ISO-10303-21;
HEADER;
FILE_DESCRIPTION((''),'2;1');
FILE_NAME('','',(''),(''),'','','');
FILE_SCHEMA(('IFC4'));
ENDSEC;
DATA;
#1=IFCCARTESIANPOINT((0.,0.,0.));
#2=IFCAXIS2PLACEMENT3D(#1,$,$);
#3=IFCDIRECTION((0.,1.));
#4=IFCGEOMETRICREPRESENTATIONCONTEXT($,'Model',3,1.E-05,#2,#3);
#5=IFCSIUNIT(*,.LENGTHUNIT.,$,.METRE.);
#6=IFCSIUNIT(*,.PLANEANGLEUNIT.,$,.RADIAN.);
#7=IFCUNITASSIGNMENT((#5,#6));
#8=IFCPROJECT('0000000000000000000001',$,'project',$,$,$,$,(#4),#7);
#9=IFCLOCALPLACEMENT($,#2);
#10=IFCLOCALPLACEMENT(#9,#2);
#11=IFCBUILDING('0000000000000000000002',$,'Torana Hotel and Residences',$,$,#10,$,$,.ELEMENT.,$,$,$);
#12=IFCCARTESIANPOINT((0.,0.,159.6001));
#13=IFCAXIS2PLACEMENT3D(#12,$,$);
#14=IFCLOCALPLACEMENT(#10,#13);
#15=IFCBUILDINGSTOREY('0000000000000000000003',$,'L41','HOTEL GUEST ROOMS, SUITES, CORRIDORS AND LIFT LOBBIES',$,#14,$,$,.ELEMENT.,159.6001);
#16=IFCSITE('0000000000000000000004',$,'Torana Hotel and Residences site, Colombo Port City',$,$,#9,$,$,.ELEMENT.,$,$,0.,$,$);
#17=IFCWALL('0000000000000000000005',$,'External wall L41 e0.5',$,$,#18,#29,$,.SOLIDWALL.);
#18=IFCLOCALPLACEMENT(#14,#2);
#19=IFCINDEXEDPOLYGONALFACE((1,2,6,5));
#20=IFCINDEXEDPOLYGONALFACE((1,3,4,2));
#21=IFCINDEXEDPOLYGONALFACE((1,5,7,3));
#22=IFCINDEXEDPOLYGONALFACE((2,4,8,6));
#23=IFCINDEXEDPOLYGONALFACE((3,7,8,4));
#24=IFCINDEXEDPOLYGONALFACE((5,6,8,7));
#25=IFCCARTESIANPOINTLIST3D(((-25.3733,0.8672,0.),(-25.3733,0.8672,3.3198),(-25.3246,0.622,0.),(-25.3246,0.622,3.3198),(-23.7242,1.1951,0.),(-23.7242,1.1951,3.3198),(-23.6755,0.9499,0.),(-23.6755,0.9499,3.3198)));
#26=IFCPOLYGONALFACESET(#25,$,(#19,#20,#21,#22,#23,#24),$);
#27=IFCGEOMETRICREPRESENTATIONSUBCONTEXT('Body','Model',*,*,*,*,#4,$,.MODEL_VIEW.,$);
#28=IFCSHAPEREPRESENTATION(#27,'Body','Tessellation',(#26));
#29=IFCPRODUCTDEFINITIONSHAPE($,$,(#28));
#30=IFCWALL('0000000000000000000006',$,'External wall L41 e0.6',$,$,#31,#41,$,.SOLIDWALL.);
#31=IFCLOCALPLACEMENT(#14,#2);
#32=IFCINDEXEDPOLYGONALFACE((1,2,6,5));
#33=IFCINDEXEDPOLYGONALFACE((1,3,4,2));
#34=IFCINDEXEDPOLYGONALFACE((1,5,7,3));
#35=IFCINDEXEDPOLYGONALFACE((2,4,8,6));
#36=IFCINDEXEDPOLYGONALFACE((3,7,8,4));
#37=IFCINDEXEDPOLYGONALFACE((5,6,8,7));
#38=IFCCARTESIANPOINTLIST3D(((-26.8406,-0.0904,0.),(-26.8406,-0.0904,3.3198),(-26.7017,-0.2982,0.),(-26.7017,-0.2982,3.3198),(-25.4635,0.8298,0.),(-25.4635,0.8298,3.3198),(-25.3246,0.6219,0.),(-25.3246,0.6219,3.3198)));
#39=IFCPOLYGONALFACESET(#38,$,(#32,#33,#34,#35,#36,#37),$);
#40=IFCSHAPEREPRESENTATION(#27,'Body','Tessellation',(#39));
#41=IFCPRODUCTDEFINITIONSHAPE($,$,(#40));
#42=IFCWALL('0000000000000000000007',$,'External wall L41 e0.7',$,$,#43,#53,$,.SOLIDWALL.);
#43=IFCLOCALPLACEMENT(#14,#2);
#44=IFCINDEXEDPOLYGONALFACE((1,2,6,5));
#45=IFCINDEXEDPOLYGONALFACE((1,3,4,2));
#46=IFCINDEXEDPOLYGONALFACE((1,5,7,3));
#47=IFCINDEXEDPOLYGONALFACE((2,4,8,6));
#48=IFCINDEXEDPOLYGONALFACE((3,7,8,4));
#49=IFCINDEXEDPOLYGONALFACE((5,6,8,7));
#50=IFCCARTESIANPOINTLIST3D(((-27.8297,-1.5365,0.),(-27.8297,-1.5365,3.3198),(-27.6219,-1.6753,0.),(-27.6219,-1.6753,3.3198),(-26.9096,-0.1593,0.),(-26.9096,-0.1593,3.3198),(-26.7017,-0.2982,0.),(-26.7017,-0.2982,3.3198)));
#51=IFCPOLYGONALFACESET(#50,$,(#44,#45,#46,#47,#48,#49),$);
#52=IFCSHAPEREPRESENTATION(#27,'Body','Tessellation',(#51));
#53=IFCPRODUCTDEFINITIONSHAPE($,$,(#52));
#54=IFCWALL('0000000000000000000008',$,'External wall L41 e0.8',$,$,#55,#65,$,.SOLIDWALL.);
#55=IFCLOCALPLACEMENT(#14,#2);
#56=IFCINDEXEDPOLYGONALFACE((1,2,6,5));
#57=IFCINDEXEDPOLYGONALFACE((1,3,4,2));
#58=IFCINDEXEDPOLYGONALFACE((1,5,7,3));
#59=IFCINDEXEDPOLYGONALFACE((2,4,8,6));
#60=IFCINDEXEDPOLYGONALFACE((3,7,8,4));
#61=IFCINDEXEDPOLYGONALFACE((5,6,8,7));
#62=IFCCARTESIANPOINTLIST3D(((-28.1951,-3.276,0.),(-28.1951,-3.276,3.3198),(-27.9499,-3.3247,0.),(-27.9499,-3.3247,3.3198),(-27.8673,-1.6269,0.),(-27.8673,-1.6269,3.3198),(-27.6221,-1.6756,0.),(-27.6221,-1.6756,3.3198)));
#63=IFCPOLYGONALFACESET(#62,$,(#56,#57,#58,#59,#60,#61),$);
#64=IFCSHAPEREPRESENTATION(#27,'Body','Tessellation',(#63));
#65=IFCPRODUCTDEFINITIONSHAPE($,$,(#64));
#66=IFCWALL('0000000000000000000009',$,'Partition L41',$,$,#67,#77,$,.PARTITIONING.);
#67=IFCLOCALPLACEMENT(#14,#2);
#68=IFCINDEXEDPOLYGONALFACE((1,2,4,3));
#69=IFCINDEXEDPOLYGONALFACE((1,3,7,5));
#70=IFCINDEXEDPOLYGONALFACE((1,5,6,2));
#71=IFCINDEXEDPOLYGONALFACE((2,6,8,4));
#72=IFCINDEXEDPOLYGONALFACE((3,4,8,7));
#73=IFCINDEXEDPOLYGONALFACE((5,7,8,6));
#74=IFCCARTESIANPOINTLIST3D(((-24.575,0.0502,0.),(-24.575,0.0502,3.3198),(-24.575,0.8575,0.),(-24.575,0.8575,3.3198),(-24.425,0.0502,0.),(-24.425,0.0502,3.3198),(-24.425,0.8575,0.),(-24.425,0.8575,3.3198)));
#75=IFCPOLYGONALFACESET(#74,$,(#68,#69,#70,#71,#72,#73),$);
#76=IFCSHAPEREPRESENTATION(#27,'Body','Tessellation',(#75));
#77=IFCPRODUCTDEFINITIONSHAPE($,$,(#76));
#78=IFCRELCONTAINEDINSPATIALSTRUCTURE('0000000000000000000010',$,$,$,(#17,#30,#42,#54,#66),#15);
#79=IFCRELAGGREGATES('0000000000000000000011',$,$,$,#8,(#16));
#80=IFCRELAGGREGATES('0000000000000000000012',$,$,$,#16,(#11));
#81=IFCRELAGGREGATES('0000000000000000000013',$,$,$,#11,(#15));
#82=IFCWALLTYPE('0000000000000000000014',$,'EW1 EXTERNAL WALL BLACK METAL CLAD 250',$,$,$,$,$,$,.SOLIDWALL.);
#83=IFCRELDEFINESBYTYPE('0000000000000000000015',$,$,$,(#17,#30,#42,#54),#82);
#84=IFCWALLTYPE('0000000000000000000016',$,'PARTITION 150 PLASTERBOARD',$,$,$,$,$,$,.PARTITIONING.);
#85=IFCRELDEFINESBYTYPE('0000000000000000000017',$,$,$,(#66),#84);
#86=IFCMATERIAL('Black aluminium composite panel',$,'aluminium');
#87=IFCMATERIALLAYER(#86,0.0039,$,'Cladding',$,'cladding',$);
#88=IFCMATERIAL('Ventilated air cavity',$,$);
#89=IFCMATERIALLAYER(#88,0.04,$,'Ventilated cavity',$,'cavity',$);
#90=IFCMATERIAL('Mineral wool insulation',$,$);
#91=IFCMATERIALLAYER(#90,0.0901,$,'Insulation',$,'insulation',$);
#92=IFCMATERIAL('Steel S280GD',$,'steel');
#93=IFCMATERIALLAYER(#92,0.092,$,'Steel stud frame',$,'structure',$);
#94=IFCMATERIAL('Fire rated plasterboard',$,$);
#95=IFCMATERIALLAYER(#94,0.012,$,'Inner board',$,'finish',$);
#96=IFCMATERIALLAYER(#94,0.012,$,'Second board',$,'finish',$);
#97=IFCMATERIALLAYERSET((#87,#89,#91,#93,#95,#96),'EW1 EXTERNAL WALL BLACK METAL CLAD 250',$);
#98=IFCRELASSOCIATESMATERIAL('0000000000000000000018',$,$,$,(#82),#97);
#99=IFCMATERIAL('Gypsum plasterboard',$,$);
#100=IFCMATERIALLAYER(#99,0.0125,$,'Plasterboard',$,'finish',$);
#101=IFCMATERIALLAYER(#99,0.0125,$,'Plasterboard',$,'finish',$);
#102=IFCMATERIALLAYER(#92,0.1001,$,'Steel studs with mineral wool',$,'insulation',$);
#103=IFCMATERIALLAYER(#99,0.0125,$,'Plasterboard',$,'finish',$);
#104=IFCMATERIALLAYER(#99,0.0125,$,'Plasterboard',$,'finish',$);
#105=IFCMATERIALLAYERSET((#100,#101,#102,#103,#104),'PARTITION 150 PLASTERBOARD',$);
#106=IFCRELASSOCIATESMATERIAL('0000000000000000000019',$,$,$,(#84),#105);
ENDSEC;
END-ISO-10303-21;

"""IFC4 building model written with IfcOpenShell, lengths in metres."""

from ifc_helpers import new_model, si_unit, direction, frame, frame_2d, origin, place, context, subcontext, project, spatial, rectangle, extrude, material, layer, layer_set, type_object, element, save


model = new_model("IFC4")

# Units and contexts
model_context = context("Model", 3, precision=1e-05, world=origin(), true_north=direction((0.0, 1.0)))
body_context = subcontext(model_context, "Body", "Model", "MODEL_VIEW")
ifc_project = project(units=[si_unit("LENGTHUNIT", "METRE"), si_unit("PLANEANGLEUNIT", "RADIAN")], contexts=[model_context])

# Site, building, storey
site_placement = place(None, origin())
site = spatial("IfcSite", under=ifc_project, at=site_placement, Name="Torana Hotel and Residences site, Colombo Port City", CompositionType="ELEMENT", RefElevation=0.0)
building_placement = place(site_placement, origin())
building = spatial("IfcBuilding", under=site, at=building_placement, Name="Torana Hotel and Residences", CompositionType="ELEMENT")
storey_placement = place(building_placement, frame((0.0, 0.0, 159.6001)))
storey = spatial("IfcBuildingStorey", under=building, at=storey_placement, Name="L41", Description="HOTEL GUEST ROOMS, SUITES, CORRIDORS AND LIFT LOBBIES", CompositionType="ELEMENT", Elevation=159.6001)

# Walls
ifc_material_1 = material(Name="Black aluminium composite panel", Category="aluminium")
ifc_layer_1 = layer(ifc_material_1, 0.0039, Name="Cladding", Category="cladding")
ifc_material_2 = material(Name="Ventilated air cavity")
ifc_layer_2 = layer(ifc_material_2, 0.04, Name="Ventilated cavity", Category="cavity")
ifc_material_3 = material(Name="Mineral wool insulation")
ifc_layer_3 = layer(ifc_material_3, 0.0901, Name="Insulation", Category="insulation")
ifc_material_4 = material(Name="Steel S280GD", Category="steel")
ifc_layer_4 = layer(ifc_material_4, 0.092, Name="Steel stud frame", Category="structure")
ifc_material_5 = material(Name="Fire rated plasterboard")
ifc_layer_5 = layer(ifc_material_5, 0.012, Name="Inner board", Category="finish")
ifc_layer_6 = layer(ifc_material_5, 0.012, Name="Second board", Category="finish")
ifc_layer_set_1 = layer_set([ifc_layer_1, ifc_layer_2, ifc_layer_3, ifc_layer_4, ifc_layer_5, ifc_layer_6], Name="EW1 EXTERNAL WALL BLACK METAL CLAD 250")
wall_type_1 = type_object("IfcWallType", Name="EW1 EXTERNAL WALL BLACK METAL CLAD 250", PredefinedType="SOLIDWALL", material=ifc_layer_set_1)
wall_1_placement = place(storey_placement, frame((-23.6997, 1.0725, 0.0), z_axis=(0.0, 0.0, 1.0), x_axis=(-0.980803, -0.194999, 0.0)))
element("IfcWall", 1, at=wall_1_placement, inside=storey, type_object=wall_type_1, Name="External wall L41 e0.5", PredefinedType="SOLIDWALL", context=body_context, shape_type="SweptSolid", body=[
    extrude(rectangle(XDim=1.6814, YDim=0.25, at=frame_2d((0.8408, 0.0))), origin(), (0.0, 0.0, 1.0), 3.3198),
])
for number, where, z_axis, x_axis, name in (
    (2, (-25.394, 0.7258, 0.0), (0.0, 0.0, 1.0), (-0.831483, -0.55555, 0.0), "External wall L41 e0.6"),
    (3, (-26.8057, -0.2288, 0.0), (0.0, 0.0, 1.0), (-0.55555, -0.831483, 0.0), "External wall L41 e0.7"),
):
    element("IfcWall", number, at=place(storey_placement, frame(where, z_axis=z_axis, x_axis=x_axis)), inside=storey, type_object=wall_type_1, Name=name, PredefinedType="SOLIDWALL", context=body_context, shape_type="SweptSolid", body=[
        extrude(rectangle(XDim=1.6562, YDim=0.25, at=frame_2d((0.8281, 0.0))), origin(), (0.0, 0.0, 1.0), 3.3198),
    ])
wall_2_placement = place(storey_placement, frame((-27.7446, -1.6511, 0.0), z_axis=(0.0, 0.0, 1.0), x_axis=(-0.194999, -0.980803, 0.0)))
element("IfcWall", 4, at=wall_2_placement, inside=storey, type_object=wall_type_1, Name="External wall L41 e0.8", PredefinedType="SOLIDWALL", context=body_context, shape_type="SweptSolid", body=[
    extrude(rectangle(XDim=1.6814, YDim=0.25, at=frame_2d((0.8408, 0.0))), origin(), (0.0, 0.0, 1.0), 3.3198),
])

# Wall
ifc_material_6 = material(Name="Gypsum plasterboard")
ifc_layer_7 = layer(ifc_material_6, 0.0125, Name="Plasterboard", Category="finish")
ifc_layer_8 = layer(ifc_material_6, 0.0125, Name="Plasterboard", Category="finish")
ifc_layer_9 = layer(ifc_material_4, 0.1001, Name="Steel studs with mineral wool", Category="insulation")
ifc_layer_10 = layer(ifc_material_6, 0.0125, Name="Plasterboard", Category="finish")
ifc_layer_11 = layer(ifc_material_6, 0.0125, Name="Plasterboard", Category="finish")
ifc_layer_set_2 = layer_set([ifc_layer_7, ifc_layer_8, ifc_layer_9, ifc_layer_10, ifc_layer_11], Name="PARTITION 150 PLASTERBOARD")
wall_type_2 = type_object("IfcWallType", Name="PARTITION 150 PLASTERBOARD", PredefinedType="PARTITIONING", material=ifc_layer_set_2)
wall_3_placement = place(storey_placement, frame((-24.5, 0.05, 0.0), z_axis=(0.0, 0.0, 1.0), x_axis=(0.0, 1.0, 0.0)))
element("IfcWall", 5, at=wall_3_placement, inside=storey, type_object=wall_type_2, Name="Partition L41", PredefinedType="PARTITIONING", context=body_context, shape_type="SweptSolid", body=[
    extrude(rectangle(XDim=0.8074, YDim=0.1499, at=frame_2d((0.4038, 0.0))), origin(), (0.0, 0.0, 1.0), 3.3198),
])

save(model, "model.ifc")
